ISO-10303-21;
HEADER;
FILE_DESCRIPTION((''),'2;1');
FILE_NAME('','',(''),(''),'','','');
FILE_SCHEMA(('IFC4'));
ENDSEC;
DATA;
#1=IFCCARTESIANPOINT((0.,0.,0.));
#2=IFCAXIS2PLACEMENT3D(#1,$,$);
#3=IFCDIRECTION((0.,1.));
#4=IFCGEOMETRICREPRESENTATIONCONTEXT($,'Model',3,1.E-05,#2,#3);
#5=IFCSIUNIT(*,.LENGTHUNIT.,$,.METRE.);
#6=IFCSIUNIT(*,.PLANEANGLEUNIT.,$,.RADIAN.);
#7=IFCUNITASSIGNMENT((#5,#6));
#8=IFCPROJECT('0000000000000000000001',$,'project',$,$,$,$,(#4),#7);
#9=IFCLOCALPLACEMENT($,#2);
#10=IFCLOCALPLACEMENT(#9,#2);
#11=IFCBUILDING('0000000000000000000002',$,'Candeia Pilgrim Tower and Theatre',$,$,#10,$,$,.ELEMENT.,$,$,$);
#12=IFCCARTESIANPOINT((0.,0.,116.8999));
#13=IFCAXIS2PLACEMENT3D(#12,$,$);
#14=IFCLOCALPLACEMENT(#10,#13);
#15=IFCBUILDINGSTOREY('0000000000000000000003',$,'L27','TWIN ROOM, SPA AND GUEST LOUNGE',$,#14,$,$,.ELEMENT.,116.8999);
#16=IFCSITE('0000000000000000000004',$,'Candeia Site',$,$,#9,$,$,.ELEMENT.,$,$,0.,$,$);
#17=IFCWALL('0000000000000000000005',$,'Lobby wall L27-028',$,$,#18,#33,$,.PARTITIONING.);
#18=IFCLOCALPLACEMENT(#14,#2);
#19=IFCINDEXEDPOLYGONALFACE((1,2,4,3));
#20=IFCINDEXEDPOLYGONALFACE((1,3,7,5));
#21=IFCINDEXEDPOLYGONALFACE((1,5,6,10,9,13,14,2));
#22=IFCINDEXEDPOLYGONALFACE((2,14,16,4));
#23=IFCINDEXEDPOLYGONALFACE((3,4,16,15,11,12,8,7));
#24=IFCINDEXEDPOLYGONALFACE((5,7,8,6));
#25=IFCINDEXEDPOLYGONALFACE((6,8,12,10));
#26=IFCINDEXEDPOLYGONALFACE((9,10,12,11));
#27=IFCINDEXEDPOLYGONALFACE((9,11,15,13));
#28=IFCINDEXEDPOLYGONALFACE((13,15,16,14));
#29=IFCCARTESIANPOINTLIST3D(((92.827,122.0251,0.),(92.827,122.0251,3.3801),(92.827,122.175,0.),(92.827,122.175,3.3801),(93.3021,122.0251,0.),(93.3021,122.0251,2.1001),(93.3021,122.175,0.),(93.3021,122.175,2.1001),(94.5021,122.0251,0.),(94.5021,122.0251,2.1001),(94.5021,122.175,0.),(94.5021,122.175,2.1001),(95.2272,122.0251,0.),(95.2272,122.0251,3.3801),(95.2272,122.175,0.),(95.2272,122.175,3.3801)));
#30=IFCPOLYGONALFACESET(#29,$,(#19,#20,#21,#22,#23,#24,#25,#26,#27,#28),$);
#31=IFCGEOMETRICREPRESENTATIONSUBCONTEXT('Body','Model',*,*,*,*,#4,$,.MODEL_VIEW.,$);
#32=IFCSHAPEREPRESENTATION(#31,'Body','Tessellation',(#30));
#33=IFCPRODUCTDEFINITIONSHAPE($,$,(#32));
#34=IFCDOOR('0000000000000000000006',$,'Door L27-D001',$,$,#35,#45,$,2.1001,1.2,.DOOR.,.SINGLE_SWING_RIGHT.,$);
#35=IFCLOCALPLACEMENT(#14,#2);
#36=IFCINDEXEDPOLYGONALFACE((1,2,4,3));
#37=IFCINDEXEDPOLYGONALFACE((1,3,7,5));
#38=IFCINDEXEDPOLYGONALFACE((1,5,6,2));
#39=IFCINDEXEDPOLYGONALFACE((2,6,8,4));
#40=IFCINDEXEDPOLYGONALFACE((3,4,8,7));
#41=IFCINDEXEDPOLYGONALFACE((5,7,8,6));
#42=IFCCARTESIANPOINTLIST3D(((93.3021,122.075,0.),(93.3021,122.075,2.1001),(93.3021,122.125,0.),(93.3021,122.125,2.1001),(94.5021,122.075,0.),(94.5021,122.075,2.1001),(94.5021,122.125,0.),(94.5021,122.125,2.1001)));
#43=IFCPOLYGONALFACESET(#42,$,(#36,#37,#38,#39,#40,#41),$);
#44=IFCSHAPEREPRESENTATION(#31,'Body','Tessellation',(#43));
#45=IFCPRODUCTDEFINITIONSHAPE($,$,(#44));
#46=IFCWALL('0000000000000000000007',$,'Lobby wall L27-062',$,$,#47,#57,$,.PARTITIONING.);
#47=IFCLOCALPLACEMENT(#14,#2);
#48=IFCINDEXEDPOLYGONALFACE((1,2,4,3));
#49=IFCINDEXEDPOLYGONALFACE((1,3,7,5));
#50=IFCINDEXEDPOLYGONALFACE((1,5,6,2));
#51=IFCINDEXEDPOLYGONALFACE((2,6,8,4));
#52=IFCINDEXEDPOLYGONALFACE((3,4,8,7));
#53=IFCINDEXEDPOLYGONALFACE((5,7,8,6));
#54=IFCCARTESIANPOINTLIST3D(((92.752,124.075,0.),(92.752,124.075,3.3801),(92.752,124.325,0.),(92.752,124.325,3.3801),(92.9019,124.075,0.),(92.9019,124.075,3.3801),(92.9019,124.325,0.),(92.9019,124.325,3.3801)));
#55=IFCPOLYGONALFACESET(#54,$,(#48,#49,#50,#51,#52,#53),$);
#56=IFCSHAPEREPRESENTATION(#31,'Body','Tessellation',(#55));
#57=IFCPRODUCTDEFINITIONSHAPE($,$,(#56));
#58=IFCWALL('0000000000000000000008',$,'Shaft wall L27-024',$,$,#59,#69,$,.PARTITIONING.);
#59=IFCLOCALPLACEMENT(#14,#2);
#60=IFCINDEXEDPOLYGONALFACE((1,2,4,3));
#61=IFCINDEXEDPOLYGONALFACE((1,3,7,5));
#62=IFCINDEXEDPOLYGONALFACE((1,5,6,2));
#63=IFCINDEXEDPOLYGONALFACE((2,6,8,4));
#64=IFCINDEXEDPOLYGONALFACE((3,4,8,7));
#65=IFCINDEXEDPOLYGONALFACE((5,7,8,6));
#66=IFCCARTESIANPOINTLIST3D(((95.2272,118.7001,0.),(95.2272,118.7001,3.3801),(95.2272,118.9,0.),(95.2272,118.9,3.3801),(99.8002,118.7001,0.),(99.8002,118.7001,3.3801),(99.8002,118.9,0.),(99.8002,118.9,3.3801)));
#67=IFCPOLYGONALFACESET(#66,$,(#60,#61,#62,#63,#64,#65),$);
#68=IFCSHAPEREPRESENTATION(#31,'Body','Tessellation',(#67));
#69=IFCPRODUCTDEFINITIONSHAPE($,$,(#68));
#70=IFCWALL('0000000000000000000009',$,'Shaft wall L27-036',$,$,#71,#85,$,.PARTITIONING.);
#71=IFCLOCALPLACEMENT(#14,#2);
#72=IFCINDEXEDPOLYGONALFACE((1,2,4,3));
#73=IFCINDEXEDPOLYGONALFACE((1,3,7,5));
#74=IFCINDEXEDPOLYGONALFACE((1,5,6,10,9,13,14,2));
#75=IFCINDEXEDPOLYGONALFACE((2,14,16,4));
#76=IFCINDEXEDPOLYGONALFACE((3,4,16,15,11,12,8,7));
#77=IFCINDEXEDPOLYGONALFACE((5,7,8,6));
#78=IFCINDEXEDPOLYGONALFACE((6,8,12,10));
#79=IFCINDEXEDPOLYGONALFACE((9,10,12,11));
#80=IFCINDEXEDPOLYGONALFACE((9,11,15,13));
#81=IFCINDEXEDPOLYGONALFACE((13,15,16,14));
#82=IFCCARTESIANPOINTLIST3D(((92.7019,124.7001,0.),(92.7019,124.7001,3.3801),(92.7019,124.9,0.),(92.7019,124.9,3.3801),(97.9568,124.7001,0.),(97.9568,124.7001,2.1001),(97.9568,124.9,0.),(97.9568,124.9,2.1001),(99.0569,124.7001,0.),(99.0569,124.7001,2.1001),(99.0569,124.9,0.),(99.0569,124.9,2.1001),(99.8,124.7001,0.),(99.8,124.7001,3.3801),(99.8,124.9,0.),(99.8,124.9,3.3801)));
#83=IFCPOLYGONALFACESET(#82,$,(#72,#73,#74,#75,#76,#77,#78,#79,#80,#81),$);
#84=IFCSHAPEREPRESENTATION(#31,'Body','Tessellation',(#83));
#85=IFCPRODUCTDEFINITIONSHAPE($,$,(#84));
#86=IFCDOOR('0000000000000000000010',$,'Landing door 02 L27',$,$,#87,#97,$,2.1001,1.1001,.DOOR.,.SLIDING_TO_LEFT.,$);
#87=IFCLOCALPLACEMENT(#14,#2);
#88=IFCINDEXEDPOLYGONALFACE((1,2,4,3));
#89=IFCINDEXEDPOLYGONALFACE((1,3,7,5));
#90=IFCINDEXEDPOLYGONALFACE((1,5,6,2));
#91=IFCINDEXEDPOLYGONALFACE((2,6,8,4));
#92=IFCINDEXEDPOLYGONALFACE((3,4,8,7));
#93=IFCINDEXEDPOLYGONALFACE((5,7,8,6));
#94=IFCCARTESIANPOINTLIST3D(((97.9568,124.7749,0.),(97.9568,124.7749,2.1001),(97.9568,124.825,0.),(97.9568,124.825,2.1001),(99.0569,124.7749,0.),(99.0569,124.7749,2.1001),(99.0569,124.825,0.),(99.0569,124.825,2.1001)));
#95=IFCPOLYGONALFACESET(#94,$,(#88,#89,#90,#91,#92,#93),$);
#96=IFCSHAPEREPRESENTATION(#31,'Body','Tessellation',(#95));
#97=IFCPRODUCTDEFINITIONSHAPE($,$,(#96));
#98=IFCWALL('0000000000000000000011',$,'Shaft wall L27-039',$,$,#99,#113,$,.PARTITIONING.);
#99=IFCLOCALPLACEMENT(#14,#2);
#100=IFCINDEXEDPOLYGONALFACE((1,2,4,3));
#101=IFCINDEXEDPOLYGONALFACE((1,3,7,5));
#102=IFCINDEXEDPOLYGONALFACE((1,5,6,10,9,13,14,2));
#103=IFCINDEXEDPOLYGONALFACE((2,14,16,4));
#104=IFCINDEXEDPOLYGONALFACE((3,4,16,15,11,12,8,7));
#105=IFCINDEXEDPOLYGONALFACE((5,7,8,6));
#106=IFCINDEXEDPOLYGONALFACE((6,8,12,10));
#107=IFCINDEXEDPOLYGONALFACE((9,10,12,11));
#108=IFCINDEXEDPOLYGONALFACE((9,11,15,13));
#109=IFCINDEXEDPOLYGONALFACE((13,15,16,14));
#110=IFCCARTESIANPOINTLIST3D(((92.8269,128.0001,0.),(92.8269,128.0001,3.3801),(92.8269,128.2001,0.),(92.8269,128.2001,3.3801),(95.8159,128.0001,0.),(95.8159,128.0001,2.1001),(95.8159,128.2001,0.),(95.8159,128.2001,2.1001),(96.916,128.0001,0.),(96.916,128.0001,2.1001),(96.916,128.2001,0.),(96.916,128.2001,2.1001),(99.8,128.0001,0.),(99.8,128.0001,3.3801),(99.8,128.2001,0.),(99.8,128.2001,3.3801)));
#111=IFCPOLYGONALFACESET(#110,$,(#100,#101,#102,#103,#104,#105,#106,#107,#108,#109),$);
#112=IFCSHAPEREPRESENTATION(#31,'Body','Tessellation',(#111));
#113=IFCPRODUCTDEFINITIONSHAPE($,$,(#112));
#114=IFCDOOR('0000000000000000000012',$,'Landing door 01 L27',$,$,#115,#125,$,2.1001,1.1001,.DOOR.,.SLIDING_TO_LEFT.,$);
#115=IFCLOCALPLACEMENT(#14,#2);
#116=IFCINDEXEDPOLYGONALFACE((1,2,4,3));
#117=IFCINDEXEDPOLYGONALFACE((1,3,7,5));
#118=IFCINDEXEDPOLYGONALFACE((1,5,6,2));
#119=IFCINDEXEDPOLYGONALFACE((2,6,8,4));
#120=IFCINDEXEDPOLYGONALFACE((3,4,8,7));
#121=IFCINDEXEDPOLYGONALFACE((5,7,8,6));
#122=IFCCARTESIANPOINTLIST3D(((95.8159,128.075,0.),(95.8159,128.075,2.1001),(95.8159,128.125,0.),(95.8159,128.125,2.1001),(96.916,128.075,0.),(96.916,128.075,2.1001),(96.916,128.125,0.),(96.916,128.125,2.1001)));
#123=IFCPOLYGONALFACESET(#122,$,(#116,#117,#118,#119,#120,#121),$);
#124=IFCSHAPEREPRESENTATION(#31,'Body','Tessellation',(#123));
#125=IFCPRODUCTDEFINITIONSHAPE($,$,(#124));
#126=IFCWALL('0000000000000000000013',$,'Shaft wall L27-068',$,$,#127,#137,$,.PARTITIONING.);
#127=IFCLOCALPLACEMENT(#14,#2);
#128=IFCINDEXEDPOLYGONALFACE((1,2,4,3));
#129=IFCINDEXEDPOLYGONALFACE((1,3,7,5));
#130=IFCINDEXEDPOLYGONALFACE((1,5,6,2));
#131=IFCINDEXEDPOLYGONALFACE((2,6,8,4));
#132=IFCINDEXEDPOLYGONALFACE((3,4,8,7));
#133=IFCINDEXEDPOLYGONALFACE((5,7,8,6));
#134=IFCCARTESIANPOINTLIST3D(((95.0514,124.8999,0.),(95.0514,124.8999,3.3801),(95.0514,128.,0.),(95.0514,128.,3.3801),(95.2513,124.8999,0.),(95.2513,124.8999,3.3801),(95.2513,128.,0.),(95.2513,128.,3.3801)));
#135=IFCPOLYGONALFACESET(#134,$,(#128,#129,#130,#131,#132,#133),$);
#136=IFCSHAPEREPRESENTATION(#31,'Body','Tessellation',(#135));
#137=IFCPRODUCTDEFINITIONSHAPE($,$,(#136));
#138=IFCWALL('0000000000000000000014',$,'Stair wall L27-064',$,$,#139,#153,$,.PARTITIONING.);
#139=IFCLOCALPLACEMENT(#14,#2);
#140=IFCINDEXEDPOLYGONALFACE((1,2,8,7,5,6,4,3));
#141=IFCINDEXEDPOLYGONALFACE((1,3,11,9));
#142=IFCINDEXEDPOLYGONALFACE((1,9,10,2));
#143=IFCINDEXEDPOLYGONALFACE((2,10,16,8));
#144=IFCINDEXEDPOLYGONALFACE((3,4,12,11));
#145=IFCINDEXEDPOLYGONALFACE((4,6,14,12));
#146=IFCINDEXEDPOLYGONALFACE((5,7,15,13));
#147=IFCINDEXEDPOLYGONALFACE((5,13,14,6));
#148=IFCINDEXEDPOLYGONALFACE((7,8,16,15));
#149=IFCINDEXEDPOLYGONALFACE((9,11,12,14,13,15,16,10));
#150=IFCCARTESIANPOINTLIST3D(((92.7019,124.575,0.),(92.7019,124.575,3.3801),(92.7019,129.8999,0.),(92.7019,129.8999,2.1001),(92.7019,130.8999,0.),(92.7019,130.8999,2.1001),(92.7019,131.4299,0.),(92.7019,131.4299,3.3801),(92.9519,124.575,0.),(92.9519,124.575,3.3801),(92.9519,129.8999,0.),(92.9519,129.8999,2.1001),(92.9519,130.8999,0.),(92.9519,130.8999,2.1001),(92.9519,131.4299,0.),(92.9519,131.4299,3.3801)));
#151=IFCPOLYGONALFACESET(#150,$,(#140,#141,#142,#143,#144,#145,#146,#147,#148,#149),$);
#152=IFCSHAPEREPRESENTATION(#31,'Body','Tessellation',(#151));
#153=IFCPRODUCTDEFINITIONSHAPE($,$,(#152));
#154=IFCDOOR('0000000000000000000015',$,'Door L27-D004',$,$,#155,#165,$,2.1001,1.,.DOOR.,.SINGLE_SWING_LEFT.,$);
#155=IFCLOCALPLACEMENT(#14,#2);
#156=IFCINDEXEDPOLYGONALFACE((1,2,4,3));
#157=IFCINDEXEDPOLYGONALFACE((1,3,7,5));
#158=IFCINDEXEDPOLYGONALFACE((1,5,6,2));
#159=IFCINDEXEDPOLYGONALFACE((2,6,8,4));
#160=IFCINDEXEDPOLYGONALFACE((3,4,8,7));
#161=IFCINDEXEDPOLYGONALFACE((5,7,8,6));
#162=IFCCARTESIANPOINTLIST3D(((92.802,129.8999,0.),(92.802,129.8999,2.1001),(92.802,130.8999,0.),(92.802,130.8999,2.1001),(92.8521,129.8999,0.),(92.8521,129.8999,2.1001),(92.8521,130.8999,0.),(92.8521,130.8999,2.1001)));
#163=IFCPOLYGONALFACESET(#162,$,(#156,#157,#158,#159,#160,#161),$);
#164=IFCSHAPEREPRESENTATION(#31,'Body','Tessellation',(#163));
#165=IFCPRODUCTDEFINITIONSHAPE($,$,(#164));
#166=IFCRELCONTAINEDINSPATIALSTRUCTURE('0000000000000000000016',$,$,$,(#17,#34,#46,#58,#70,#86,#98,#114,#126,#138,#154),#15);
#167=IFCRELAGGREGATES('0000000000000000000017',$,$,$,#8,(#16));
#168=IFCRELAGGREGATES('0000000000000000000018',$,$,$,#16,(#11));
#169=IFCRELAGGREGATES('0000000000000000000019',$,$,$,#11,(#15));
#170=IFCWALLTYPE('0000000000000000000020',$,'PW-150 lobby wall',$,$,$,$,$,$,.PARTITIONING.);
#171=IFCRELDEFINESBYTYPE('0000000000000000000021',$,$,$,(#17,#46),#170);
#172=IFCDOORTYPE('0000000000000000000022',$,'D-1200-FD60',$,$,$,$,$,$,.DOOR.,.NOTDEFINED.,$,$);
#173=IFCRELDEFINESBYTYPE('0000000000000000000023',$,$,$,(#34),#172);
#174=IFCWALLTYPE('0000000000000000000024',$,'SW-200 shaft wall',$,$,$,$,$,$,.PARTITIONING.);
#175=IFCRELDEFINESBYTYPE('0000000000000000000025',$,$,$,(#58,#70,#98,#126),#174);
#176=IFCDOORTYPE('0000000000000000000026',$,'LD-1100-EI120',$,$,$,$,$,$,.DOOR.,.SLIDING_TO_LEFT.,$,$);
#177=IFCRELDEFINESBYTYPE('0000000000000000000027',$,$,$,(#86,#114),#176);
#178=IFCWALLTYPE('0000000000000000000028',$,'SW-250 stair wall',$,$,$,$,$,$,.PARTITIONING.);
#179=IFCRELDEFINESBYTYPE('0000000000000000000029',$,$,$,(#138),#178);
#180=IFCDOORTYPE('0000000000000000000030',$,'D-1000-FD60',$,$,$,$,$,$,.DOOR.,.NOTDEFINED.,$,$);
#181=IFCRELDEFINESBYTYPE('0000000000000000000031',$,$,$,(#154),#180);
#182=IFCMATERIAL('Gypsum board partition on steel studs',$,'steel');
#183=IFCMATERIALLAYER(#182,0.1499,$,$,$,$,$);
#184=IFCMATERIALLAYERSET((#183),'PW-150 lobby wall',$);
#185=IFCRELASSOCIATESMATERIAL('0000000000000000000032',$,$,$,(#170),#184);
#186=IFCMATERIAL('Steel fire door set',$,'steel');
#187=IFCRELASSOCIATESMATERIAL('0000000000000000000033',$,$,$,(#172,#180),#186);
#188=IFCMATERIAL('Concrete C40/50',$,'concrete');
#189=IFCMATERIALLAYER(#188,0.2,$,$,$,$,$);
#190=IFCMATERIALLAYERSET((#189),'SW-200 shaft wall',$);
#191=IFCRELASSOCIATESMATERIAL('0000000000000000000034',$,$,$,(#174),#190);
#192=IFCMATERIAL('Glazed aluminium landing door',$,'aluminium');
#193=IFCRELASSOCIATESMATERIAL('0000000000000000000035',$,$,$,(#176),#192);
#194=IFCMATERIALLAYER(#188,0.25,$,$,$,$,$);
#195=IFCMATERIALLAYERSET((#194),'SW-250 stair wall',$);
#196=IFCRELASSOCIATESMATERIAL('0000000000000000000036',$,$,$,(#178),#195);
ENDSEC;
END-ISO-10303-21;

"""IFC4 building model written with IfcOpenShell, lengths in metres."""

from ifc_helpers import new_model, si_unit, direction, frame, frame_2d, origin, place, context, subcontext, project, spatial, rectangle, extrude, material, layer, layer_set, type_object, element, fill, save


model = new_model("IFC4")

# Units and contexts
model_context = context("Model", 3, precision=1e-05, world=origin(), true_north=direction((0.0, 1.0)))
body_context = subcontext(model_context, "Body", "Model", "MODEL_VIEW")
ifc_project = project(units=[si_unit("LENGTHUNIT", "METRE"), si_unit("PLANEANGLEUNIT", "RADIAN")], contexts=[model_context])

# Site, building, storey
site_placement = place(None, origin())
site = spatial("IfcSite", under=ifc_project, at=site_placement, Name="Candeia Site", CompositionType="ELEMENT", RefElevation=0.0)
building_placement = place(site_placement, origin())
building = spatial("IfcBuilding", under=site, at=building_placement, Name="Candeia Pilgrim Tower and Theatre", CompositionType="ELEMENT")
storey_placement = place(building_placement, frame((0.0, 0.0, 116.8999)))
storey = spatial("IfcBuildingStorey", under=building, at=storey_placement, Name="L27", Description="TWIN ROOM, SPA AND GUEST LOUNGE", CompositionType="ELEMENT", Elevation=116.8999)

# Wall, opening, door
ifc_material_1 = material(Name="Gypsum board partition on steel studs", Category="steel")
ifc_layer_1 = layer(ifc_material_1, 0.1499)
ifc_layer_set_1 = layer_set([ifc_layer_1], Name="PW-150 lobby wall")
wall_type_1 = type_object("IfcWallType", Name="PW-150 lobby wall", PredefinedType="PARTITIONING", material=ifc_layer_set_1)
wall_1_placement = place(storey_placement, frame((92.8269, 122.1001, 0.0), z_axis=(0.0, 0.0, 1.0), x_axis=(1.0, 0.0, 0.0)))
wall_1 = element("IfcWall", 1, at=wall_1_placement, inside=storey, type_object=wall_type_1, Name="Lobby wall L27-028", PredefinedType="PARTITIONING", context=body_context, shape_type="SweptSolid", body=[
    extrude(rectangle(XDim=2.4001, YDim=0.1499, at=frame_2d((1.2002, 0.0))), origin(), (0.0, 0.0, 1.0), 3.3801),
])
opening_1_placement = place(wall_1_placement, frame((0.4751, 0.0, 0.0)))
opening_1 = element("IfcOpeningElement", 2, at=opening_1_placement, cuts=wall_1, PredefinedType="OPENING", context=body_context, shape_type="SweptSolid", body=[
    extrude(rectangle(XDim=1.2, YDim=2.1001, at=frame_2d((0.6001, 1.05))), frame((0.0, 0.085, 0.0), z_axis=(0.0, -1.0, 0.0), x_axis=(1.0, 0.0, 0.0)), (0.0, 0.0, 1.0), 0.1699),
])
ifc_material_2 = material(Name="Steel fire door set", Category="steel")
door_type_1 = type_object("IfcDoorType", Name="D-1200-FD60", OperationType="NOTDEFINED", PredefinedType="DOOR", material=ifc_material_2)
door_1_placement = place(opening_1_placement, origin())
door_1 = element("IfcDoor", 3, at=door_1_placement, inside=storey, type_object=door_type_1, Name="Door L27-D001", OperationType="SINGLE_SWING_RIGHT", OverallHeight=2.1001, OverallWidth=1.2, PredefinedType="DOOR", context=body_context, shape_type="SweptSolid", body=[
    extrude(rectangle(XDim=1.2, YDim=2.1001, at=frame_2d((0.6001, 1.05))), frame((0.0, 0.0249, 0.0), z_axis=(0.0, -1.0, 0.0), x_axis=(1.0, 0.0, 0.0)), (0.0, 0.0, 1.0), 0.05),
])
fill(opening_1, door_1)

# Walls
wall_2_placement = place(storey_placement, frame((92.8269, 124.075, 0.0), z_axis=(0.0, 0.0, 1.0), x_axis=(0.0, 1.0, 0.0)))
element("IfcWall", 4, at=wall_2_placement, inside=storey, type_object=wall_type_1, Name="Lobby wall L27-062", PredefinedType="PARTITIONING", context=body_context, shape_type="SweptSolid", body=[
    extrude(rectangle(XDim=0.25, YDim=0.1499, at=frame_2d((0.125, 0.0))), origin(), (0.0, 0.0, 1.0), 3.3801),
])
ifc_material_3 = material(Name="Concrete C40/50", Category="concrete")
ifc_layer_2 = layer(ifc_material_3, 0.2)
ifc_layer_set_2 = layer_set([ifc_layer_2], Name="SW-200 shaft wall")
wall_type_2 = type_object("IfcWallType", Name="SW-200 shaft wall", PredefinedType="PARTITIONING", material=ifc_layer_set_2)
wall_3_placement = place(storey_placement, frame((95.2271, 118.8, 0.0), z_axis=(0.0, 0.0, 1.0), x_axis=(1.0, 0.0, 0.0)))
element("IfcWall", 5, at=wall_3_placement, inside=storey, type_object=wall_type_2, Name="Shaft wall L27-024", PredefinedType="PARTITIONING", context=body_context, shape_type="SweptSolid", body=[
    extrude(rectangle(XDim=4.573, YDim=0.2, at=frame_2d((2.2866, 0.0))), origin(), (0.0, 0.0, 1.0), 3.3801),
])

# Walls, openings, doors
wall_4_placement = place(storey_placement, frame((92.7019, 124.8, 0.0), z_axis=(0.0, 0.0, 1.0), x_axis=(1.0, 0.0, 0.0)))
wall_4 = element("IfcWall", 6, at=wall_4_placement, inside=storey, type_object=wall_type_2, Name="Shaft wall L27-036", PredefinedType="PARTITIONING", context=body_context, shape_type="SweptSolid", body=[
    extrude(rectangle(XDim=7.0981, YDim=0.2, at=frame_2d((3.5491, 0.0))), origin(), (0.0, 0.0, 1.0), 3.3801),
])
opening_2_placement = place(wall_4_placement, frame((5.2549, 0.0, 0.0)))
opening_2 = element("IfcOpeningElement", 7, at=opening_2_placement, cuts=wall_4, PredefinedType="OPENING", context=body_context, shape_type="SweptSolid", body=[
    extrude(rectangle(XDim=1.1001, YDim=2.1001, at=frame_2d((0.55, 1.05))), frame((0.0, 0.1099, 0.0), z_axis=(0.0, -1.0, 0.0), x_axis=(1.0, 0.0, 0.0)), (0.0, 0.0, 1.0), 0.22),
])
ifc_material_4 = material(Name="Glazed aluminium landing door", Category="aluminium")
door_type_2 = type_object("IfcDoorType", Name="LD-1100-EI120", OperationType="SLIDING_TO_LEFT", PredefinedType="DOOR", material=ifc_material_4)
door_2_placement = place(opening_2_placement, origin())
door_2 = element("IfcDoor", 8, at=door_2_placement, inside=storey, type_object=door_type_2, Name="Landing door 02 L27", OperationType="SLIDING_TO_LEFT", OverallHeight=2.1001, OverallWidth=1.1001, PredefinedType="DOOR", context=body_context, shape_type="SweptSolid", body=[
    extrude(rectangle(XDim=1.1001, YDim=2.1001, at=frame_2d((0.55, 1.05))), frame((0.0, 0.0249, 0.0), z_axis=(0.0, -1.0, 0.0), x_axis=(1.0, 0.0, 0.0)), (0.0, 0.0, 1.0), 0.05),
])
fill(opening_2, door_2)
wall_5_placement = place(storey_placement, frame((92.8269, 128.1001, 0.0), z_axis=(0.0, 0.0, 1.0), x_axis=(1.0, 0.0, 0.0)))
wall_5 = element("IfcWall", 9, at=wall_5_placement, inside=storey, type_object=wall_type_2, Name="Shaft wall L27-039", PredefinedType="PARTITIONING", context=body_context, shape_type="SweptSolid", body=[
    extrude(rectangle(XDim=6.9731, YDim=0.2, at=frame_2d((3.4866, 0.0))), origin(), (0.0, 0.0, 1.0), 3.3801),
])
opening_3_placement = place(wall_5_placement, frame((2.989, 0.0, 0.0)))
opening_3 = element("IfcOpeningElement", 10, at=opening_3_placement, cuts=wall_5, PredefinedType="OPENING", context=body_context, shape_type="SweptSolid", body=[
    extrude(rectangle(XDim=1.1001, YDim=2.1001, at=frame_2d((0.55, 1.05))), frame((0.0, 0.1099, 0.0), z_axis=(0.0, -1.0, 0.0), x_axis=(1.0, 0.0, 0.0)), (0.0, 0.0, 1.0), 0.22),
])
door_3_placement = place(opening_3_placement, origin())
door_3 = element("IfcDoor", 11, at=door_3_placement, inside=storey, type_object=door_type_2, Name="Landing door 01 L27", OperationType="SLIDING_TO_LEFT", OverallHeight=2.1001, OverallWidth=1.1001, PredefinedType="DOOR", context=body_context, shape_type="SweptSolid", body=[
    extrude(rectangle(XDim=1.1001, YDim=2.1001, at=frame_2d((0.55, 1.05))), frame((0.0, 0.0249, 0.0), z_axis=(0.0, -1.0, 0.0), x_axis=(1.0, 0.0, 0.0)), (0.0, 0.0, 1.0), 0.05),
])
fill(opening_3, door_3)

# Wall
wall_6_placement = place(storey_placement, frame((95.1514, 124.8999, 0.0), z_axis=(0.0, 0.0, 1.0), x_axis=(0.0, 1.0, 0.0)))
element("IfcWall", 12, at=wall_6_placement, inside=storey, type_object=wall_type_2, Name="Shaft wall L27-068", PredefinedType="PARTITIONING", context=body_context, shape_type="SweptSolid", body=[
    extrude(rectangle(XDim=3.1001, YDim=0.2, at=frame_2d((1.55, 0.0))), origin(), (0.0, 0.0, 1.0), 3.3801),
])

# Wall, opening, door
ifc_layer_3 = layer(ifc_material_3, 0.25)
ifc_layer_set_3 = layer_set([ifc_layer_3], Name="SW-250 stair wall")
wall_type_3 = type_object("IfcWallType", Name="SW-250 stair wall", PredefinedType="PARTITIONING", material=ifc_layer_set_3)
wall_7_placement = place(storey_placement, frame((92.8269, 124.575, 0.0), z_axis=(0.0, 0.0, 1.0), x_axis=(0.0, 1.0, 0.0)))
wall_7 = element("IfcWall", 13, at=wall_7_placement, inside=storey, type_object=wall_type_3, Name="Stair wall L27-064", PredefinedType="PARTITIONING", context=body_context, shape_type="SweptSolid", body=[
    extrude(rectangle(XDim=6.855, YDim=0.25, at=frame_2d((3.4275, 0.0))), origin(), (0.0, 0.0, 1.0), 3.3801),
])
opening_4_placement = place(wall_7_placement, frame((5.325, 0.0, 0.0)))
opening_4 = element("IfcOpeningElement", 14, at=opening_4_placement, cuts=wall_7, PredefinedType="OPENING", context=body_context, shape_type="SweptSolid", body=[
    extrude(rectangle(XDim=1.0, YDim=2.1001, at=frame_2d((0.5, 1.05))), frame((0.0, 0.135, 0.0), z_axis=(0.0, -1.0, 0.0), x_axis=(1.0, 0.0, 0.0)), (0.0, 0.0, 1.0), 0.27),
])
door_type_3 = type_object("IfcDoorType", Name="D-1000-FD60", OperationType="NOTDEFINED", PredefinedType="DOOR", material=ifc_material_2)
door_4_placement = place(opening_4_placement, origin())
door_4 = element("IfcDoor", 15, at=door_4_placement, inside=storey, type_object=door_type_3, Name="Door L27-D004", OperationType="SINGLE_SWING_LEFT", OverallHeight=2.1001, OverallWidth=1.0, PredefinedType="DOOR", context=body_context, shape_type="SweptSolid", body=[
    extrude(rectangle(XDim=1.0, YDim=2.1001, at=frame_2d((0.5, 1.05))), frame((0.0, 0.0249, 0.0), z_axis=(0.0, -1.0, 0.0), x_axis=(1.0, 0.0, 0.0)), (0.0, 0.0, 1.0), 0.05),
])
fill(opening_4, door_4)

save(model, "model.ifc")
